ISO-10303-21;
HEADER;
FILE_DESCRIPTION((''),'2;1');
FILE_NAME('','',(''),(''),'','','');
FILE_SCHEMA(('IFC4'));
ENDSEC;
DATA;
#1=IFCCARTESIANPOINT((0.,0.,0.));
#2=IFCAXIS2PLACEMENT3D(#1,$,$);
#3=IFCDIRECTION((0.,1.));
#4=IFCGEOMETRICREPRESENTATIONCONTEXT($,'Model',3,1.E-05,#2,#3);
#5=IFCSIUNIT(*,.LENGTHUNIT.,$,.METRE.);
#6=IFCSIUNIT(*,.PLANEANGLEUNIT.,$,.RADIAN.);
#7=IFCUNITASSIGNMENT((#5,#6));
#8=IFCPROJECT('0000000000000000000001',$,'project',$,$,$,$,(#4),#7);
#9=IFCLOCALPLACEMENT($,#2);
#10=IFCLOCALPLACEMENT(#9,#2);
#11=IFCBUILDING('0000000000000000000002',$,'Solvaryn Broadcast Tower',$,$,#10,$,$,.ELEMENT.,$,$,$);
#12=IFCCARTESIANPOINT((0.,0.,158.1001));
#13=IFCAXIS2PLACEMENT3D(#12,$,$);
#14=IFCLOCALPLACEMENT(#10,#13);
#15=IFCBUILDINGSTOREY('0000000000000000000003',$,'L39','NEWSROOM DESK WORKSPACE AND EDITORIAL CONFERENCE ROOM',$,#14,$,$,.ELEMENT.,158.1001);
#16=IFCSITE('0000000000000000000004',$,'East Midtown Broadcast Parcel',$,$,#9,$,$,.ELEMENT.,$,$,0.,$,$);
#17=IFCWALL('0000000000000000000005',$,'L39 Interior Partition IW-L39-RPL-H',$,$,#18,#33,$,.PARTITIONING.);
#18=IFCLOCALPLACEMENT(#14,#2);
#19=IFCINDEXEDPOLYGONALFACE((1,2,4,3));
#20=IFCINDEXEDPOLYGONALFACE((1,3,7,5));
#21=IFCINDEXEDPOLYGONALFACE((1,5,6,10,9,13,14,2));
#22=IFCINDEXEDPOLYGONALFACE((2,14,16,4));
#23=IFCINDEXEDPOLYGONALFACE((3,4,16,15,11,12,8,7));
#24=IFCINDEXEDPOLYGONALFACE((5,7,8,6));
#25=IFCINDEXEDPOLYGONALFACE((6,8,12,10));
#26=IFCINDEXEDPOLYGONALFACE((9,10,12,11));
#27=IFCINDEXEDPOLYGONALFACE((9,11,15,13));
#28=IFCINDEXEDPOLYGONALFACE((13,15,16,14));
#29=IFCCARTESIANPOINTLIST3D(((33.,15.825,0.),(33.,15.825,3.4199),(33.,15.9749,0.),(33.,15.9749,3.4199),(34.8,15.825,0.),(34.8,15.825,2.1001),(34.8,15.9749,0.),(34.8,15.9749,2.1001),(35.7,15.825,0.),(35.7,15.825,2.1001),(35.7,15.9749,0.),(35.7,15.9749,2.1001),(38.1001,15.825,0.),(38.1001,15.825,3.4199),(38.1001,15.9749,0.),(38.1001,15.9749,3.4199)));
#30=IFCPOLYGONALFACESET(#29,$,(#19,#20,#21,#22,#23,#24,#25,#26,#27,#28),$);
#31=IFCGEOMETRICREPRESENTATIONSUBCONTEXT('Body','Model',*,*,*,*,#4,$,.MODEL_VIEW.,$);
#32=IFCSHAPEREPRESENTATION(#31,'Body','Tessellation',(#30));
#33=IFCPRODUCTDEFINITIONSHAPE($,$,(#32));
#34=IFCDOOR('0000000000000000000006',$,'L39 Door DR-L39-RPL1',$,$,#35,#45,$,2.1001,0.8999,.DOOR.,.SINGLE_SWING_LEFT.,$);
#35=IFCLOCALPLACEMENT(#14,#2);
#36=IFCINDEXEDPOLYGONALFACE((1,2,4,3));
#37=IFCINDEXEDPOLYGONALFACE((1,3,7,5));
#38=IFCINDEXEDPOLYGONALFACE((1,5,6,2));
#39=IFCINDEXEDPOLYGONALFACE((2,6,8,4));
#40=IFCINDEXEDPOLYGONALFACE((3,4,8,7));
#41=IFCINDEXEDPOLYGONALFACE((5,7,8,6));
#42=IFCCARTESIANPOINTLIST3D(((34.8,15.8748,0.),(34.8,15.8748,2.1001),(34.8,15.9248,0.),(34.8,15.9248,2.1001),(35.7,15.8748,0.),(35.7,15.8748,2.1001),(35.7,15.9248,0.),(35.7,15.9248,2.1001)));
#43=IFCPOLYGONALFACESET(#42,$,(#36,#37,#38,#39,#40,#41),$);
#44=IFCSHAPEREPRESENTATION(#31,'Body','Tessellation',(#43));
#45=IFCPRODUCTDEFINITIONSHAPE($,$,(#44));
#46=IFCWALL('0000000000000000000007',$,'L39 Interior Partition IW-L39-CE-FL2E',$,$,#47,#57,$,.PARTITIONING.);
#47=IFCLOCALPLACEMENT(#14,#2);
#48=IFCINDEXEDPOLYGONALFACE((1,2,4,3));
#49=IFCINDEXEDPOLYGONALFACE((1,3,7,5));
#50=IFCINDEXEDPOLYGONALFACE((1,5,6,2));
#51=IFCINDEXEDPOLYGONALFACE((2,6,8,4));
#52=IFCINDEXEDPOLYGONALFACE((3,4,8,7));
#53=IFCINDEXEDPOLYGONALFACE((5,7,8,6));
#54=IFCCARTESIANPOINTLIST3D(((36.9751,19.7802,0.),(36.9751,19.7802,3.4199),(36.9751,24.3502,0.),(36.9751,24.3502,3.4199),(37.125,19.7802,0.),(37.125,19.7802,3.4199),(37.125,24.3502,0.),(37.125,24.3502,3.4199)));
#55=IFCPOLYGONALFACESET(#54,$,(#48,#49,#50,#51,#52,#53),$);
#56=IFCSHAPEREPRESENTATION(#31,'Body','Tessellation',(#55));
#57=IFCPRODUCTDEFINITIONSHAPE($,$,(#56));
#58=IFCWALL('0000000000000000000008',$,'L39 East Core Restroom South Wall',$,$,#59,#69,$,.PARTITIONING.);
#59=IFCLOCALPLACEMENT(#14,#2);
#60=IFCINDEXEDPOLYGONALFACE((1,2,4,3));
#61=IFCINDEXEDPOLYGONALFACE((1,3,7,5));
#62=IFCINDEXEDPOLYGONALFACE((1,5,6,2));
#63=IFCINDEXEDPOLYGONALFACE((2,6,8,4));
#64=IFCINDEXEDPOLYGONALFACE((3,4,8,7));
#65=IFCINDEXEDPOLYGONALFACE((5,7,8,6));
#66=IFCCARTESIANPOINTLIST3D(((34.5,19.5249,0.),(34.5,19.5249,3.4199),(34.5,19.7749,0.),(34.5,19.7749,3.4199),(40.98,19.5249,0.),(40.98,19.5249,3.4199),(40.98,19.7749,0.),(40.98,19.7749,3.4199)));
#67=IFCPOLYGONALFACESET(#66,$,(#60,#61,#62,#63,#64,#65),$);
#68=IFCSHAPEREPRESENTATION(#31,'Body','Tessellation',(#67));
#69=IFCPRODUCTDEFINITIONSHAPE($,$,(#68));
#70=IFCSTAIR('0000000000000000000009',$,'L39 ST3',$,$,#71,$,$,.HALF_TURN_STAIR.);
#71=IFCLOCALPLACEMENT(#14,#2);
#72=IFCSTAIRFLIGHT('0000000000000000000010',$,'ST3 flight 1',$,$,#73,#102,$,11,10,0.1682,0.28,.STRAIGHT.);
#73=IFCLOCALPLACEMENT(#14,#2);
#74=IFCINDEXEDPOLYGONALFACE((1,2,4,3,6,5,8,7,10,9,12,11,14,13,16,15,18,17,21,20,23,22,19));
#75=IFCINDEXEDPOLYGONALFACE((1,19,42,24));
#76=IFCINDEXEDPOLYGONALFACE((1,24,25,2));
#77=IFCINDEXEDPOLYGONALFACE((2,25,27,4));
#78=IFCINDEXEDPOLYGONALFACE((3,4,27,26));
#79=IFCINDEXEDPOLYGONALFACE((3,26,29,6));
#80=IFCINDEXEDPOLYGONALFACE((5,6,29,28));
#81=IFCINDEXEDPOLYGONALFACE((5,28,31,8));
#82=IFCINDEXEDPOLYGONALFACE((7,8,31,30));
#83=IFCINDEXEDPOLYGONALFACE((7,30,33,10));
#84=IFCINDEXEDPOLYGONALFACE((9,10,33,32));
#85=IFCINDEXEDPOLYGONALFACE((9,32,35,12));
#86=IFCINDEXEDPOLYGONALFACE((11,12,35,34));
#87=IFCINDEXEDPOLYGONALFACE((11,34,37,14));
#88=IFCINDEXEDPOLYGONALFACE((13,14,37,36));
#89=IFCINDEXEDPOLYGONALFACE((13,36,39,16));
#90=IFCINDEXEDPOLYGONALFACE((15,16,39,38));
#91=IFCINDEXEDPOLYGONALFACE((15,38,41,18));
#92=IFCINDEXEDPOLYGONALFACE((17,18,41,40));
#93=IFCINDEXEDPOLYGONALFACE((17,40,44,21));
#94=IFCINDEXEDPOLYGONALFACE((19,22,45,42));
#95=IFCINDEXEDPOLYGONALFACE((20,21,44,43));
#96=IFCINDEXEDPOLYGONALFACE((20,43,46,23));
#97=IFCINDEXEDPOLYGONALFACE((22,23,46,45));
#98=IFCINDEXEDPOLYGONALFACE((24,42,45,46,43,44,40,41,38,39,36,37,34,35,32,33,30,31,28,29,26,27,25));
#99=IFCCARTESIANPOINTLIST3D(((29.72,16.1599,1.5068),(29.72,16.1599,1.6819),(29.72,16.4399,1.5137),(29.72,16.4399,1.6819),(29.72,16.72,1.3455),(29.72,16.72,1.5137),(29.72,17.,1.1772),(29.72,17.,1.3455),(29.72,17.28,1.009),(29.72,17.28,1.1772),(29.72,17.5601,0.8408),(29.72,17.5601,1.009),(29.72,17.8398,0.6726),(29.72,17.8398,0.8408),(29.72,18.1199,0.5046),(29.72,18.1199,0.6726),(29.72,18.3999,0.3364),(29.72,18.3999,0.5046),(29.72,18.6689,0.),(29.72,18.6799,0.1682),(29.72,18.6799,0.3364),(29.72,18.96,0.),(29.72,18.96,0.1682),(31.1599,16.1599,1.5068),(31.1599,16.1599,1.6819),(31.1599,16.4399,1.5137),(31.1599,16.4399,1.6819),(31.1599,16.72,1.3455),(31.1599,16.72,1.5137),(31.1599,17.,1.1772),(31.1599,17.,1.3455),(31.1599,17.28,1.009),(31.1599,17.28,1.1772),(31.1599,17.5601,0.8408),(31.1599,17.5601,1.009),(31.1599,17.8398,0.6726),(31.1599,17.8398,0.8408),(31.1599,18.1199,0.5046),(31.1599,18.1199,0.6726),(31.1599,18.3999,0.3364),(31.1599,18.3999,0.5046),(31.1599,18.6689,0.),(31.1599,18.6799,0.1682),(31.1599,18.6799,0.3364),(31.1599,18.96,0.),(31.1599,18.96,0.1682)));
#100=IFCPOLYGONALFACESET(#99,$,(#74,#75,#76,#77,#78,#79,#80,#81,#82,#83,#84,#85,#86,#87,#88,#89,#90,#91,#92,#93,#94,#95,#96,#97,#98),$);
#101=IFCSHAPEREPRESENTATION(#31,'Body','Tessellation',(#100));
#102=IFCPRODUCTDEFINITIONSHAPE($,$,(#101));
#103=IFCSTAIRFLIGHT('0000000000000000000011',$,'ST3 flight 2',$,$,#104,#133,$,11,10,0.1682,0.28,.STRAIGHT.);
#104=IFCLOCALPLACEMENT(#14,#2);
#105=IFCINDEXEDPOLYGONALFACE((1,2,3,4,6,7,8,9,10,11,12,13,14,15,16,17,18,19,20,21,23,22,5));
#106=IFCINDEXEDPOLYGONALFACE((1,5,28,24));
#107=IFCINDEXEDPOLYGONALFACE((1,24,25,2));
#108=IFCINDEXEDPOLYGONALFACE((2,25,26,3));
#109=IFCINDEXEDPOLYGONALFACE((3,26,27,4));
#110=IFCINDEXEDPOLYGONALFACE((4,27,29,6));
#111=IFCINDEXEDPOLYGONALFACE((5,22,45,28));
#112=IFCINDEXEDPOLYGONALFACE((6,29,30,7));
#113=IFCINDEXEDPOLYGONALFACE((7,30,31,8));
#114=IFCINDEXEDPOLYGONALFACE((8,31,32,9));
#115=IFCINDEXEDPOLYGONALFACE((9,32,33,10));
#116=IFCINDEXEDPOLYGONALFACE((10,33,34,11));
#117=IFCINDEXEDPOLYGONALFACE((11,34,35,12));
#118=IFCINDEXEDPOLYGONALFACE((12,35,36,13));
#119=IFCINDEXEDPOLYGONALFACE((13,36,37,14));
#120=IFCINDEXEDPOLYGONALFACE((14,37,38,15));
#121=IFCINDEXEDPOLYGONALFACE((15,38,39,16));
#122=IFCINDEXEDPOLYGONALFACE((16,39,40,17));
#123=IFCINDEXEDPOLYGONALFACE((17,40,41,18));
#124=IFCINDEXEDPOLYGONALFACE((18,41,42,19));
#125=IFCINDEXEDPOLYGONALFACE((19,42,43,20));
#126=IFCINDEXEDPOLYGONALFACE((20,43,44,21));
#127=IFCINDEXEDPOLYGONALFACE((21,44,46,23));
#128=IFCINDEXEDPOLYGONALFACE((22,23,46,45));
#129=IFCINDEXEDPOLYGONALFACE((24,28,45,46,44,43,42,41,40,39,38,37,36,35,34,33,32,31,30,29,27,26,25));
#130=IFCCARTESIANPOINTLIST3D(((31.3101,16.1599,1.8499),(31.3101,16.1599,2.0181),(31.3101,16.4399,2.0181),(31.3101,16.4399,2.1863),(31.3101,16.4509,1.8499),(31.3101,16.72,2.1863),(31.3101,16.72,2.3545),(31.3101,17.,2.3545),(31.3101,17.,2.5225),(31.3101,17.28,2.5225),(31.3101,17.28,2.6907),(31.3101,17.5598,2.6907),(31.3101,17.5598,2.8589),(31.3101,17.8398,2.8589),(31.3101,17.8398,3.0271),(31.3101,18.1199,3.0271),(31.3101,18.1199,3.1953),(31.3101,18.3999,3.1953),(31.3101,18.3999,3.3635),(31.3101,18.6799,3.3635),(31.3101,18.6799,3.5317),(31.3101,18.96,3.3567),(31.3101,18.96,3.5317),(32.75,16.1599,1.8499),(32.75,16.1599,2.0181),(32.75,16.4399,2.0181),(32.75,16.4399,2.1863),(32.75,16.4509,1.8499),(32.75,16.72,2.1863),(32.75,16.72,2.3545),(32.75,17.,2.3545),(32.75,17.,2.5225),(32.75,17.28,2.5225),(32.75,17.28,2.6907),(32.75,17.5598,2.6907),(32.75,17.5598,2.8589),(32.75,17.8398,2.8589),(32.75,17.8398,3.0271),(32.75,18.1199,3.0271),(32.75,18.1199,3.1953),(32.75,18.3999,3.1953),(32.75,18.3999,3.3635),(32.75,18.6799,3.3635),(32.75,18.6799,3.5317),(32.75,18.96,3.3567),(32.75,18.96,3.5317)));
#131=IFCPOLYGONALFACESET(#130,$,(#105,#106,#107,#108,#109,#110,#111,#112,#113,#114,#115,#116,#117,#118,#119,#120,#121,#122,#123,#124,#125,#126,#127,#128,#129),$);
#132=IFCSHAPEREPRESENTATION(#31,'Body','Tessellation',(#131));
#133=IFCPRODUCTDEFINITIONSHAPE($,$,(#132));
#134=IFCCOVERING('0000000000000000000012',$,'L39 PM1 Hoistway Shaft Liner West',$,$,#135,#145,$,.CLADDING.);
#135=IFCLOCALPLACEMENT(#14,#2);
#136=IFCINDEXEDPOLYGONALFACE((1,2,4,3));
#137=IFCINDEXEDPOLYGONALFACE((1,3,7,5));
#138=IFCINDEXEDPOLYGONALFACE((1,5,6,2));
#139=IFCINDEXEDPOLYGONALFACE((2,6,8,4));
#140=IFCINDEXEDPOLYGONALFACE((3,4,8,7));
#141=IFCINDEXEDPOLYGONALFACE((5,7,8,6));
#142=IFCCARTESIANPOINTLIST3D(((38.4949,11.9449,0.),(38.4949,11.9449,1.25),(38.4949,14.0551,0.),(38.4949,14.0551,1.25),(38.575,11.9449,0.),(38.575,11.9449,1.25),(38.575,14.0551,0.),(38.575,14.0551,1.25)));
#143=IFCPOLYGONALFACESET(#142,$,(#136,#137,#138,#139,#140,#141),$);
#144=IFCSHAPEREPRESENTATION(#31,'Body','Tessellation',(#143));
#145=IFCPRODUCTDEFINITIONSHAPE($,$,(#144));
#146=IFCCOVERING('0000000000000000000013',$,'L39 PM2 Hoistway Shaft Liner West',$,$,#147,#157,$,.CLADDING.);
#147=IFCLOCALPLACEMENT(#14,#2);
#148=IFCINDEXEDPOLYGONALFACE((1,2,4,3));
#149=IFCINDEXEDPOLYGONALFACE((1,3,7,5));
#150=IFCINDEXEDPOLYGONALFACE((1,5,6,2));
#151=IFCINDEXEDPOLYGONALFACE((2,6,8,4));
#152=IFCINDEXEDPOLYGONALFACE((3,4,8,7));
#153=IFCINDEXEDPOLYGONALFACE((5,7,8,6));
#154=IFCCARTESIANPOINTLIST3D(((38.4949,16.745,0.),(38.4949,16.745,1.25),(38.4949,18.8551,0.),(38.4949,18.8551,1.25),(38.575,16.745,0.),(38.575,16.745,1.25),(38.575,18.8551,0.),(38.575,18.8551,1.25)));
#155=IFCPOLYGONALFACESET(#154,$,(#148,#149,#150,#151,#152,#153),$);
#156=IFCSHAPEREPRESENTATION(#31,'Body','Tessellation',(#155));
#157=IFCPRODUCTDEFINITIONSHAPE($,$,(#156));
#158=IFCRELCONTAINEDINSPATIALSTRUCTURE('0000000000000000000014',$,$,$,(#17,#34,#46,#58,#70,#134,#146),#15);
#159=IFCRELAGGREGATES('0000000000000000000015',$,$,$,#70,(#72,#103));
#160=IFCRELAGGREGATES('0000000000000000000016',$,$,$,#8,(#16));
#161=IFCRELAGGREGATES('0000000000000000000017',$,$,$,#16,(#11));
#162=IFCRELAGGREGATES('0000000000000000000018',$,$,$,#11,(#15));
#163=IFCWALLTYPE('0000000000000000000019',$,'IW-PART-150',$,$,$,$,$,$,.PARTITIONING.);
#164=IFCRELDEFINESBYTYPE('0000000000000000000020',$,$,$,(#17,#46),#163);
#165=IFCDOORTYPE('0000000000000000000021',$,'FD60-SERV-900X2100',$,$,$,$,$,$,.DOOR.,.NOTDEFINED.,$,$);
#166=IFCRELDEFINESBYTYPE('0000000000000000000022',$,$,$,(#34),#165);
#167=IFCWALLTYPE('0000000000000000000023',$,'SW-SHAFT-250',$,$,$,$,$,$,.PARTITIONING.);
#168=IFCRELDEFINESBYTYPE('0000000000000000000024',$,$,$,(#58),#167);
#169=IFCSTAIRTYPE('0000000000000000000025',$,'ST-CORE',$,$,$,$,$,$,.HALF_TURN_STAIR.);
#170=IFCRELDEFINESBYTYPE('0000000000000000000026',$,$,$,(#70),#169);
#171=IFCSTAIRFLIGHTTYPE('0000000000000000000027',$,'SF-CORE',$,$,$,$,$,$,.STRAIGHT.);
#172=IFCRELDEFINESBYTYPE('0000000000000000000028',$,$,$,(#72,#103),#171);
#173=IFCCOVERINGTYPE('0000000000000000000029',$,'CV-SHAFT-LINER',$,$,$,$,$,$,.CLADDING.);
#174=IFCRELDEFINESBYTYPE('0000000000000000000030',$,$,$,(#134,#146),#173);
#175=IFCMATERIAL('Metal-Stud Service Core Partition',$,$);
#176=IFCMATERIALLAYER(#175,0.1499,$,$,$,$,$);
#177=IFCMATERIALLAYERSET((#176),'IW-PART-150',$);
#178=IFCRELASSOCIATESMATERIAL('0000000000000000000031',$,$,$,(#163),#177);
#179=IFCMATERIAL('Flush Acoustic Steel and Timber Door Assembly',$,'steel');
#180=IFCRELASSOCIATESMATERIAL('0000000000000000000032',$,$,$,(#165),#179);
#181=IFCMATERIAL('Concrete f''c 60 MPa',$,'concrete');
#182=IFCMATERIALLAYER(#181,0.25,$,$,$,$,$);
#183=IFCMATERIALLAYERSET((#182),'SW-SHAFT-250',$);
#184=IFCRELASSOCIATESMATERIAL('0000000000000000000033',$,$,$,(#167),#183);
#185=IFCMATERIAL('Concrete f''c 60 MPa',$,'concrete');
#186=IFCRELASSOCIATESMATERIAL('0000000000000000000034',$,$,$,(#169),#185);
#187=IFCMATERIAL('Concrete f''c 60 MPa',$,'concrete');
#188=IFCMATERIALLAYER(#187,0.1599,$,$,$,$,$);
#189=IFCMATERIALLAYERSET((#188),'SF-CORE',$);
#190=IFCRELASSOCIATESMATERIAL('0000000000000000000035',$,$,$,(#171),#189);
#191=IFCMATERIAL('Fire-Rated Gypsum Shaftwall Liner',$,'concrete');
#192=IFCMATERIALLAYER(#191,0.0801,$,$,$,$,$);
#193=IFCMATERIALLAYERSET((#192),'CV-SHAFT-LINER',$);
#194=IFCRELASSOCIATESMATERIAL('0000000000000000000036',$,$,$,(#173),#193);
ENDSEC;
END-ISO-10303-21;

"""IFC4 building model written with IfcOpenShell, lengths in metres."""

from ifc_helpers import new_model, si_unit, direction, frame, frame_2d, origin, origin_2d, place, context, subcontext, project, spatial, polyline, rectangle, outline, extrude, material, layer, layer_set, type_object, element, fill, aggregate, save


model = new_model("IFC4")

# Units and contexts
model_context = context("Model", 3, precision=1e-05, world=origin(), true_north=direction((0.0, 1.0)))
body_context = subcontext(model_context, "Body", "Model", "MODEL_VIEW")
ifc_project = project(units=[si_unit("LENGTHUNIT", "METRE"), si_unit("PLANEANGLEUNIT", "RADIAN")], contexts=[model_context])

# Site, building, storey
site_placement = place(None, origin())
site = spatial("IfcSite", under=ifc_project, at=site_placement, Name="East Midtown Broadcast Parcel", CompositionType="ELEMENT", RefElevation=0.0)
building_placement = place(site_placement, origin())
building = spatial("IfcBuilding", under=site, at=building_placement, Name="Solvaryn Broadcast Tower", CompositionType="ELEMENT")
storey_placement = place(building_placement, frame((0.0, 0.0, 158.1001)))
storey = spatial("IfcBuildingStorey", under=building, at=storey_placement, Name="L39", Description="NEWSROOM DESK WORKSPACE AND EDITORIAL CONFERENCE ROOM", CompositionType="ELEMENT", Elevation=158.1001)

# Wall, opening, door
ifc_material_1 = material(Name="Metal-Stud Service Core Partition")
ifc_layer_1 = layer(ifc_material_1, 0.1499)
ifc_layer_set_1 = layer_set([ifc_layer_1], Name="IW-PART-150")
wall_type_1 = type_object("IfcWallType", Name="IW-PART-150", PredefinedType="PARTITIONING", material=ifc_layer_set_1)
wall_1_placement = place(storey_placement, frame((33.0, 15.8999, 0.0), z_axis=(0.0, 0.0, 1.0), x_axis=(1.0, 0.0, 0.0)))
wall_1 = element("IfcWall", 1, at=wall_1_placement, inside=storey, type_object=wall_type_1, Name="L39 Interior Partition IW-L39-RPL-H", PredefinedType="PARTITIONING", context=body_context, shape_type="SweptSolid", body=[
    extrude(rectangle(XDim=5.1001, YDim=0.1499, at=frame_2d((2.55, 0.0))), origin(), (0.0, 0.0, 1.0), 3.4199),
])
opening_1_placement = place(wall_1_placement, frame((1.8, 0.0, 0.0)))
opening_1 = element("IfcOpeningElement", 2, at=opening_1_placement, cuts=wall_1, PredefinedType="OPENING", context=body_context, shape_type="SweptSolid", body=[
    extrude(rectangle(XDim=0.8999, YDim=2.1001, at=frame_2d((0.45, 1.05))), frame((0.0, 0.085, 0.0), z_axis=(0.0, -1.0, 0.0), x_axis=(1.0, 0.0, 0.0)), (0.0, 0.0, 1.0), 0.1699),
])
ifc_material_2 = material(Name="Flush Acoustic Steel and Timber Door Assembly", Category="steel")
door_type_1 = type_object("IfcDoorType", Name="FD60-SERV-900X2100", OperationType="NOTDEFINED", PredefinedType="DOOR", material=ifc_material_2)
door_1_placement = place(opening_1_placement, origin())
door_1 = element("IfcDoor", 3, at=door_1_placement, inside=storey, type_object=door_type_1, Name="L39 Door DR-L39-RPL1", OperationType="SINGLE_SWING_LEFT", OverallHeight=2.1001, OverallWidth=0.8999, PredefinedType="DOOR", context=body_context, shape_type="SweptSolid", body=[
    extrude(rectangle(XDim=0.8999, YDim=2.1001, at=frame_2d((0.45, 1.05))), frame((0.0, 0.0249, 0.0), z_axis=(0.0, -1.0, 0.0), x_axis=(1.0, 0.0, 0.0)), (0.0, 0.0, 1.0), 0.05),
])
fill(opening_1, door_1)

# Walls
wall_2_placement = place(storey_placement, frame((37.05, 19.78, 0.0), z_axis=(0.0, 0.0, 1.0), x_axis=(0.0, 1.0, 0.0)))
element("IfcWall", 4, at=wall_2_placement, inside=storey, type_object=wall_type_1, Name="L39 Interior Partition IW-L39-CE-FL2E", PredefinedType="PARTITIONING", context=body_context, shape_type="SweptSolid", body=[
    extrude(rectangle(XDim=4.5701, YDim=0.1499, at=frame_2d((2.2852, 0.0))), origin(), (0.0, 0.0, 1.0), 3.4199),
])
ifc_material_3 = material(Name="Concrete f'c 60 MPa", Category="concrete")
ifc_layer_2 = layer(ifc_material_3, 0.25)
ifc_layer_set_2 = layer_set([ifc_layer_2], Name="SW-SHAFT-250")
wall_type_2 = type_object("IfcWallType", Name="SW-SHAFT-250", PredefinedType="PARTITIONING", material=ifc_layer_set_2)
wall_3_placement = place(storey_placement, frame((34.5, 19.6499, 0.0), z_axis=(0.0, 0.0, 1.0), x_axis=(1.0, 0.0, 0.0)))
element("IfcWall", 5, at=wall_3_placement, inside=storey, type_object=wall_type_2, Name="L39 East Core Restroom South Wall", PredefinedType="PARTITIONING", context=body_context, shape_type="SweptSolid", body=[
    extrude(rectangle(XDim=6.48, YDim=0.25, at=frame_2d((3.24, 0.0))), origin(), (0.0, 0.0, 1.0), 3.4199),
])

# Stair, stair flights
ifc_material_4 = material(Name="Concrete f'c 60 MPa", Category="concrete")
stair_type = type_object("IfcStairType", Name="ST-CORE", PredefinedType="HALF_TURN_STAIR", material=ifc_material_4)
stair_placement = place(storey_placement, origin())
stair = element("IfcStair", 6, at=stair_placement, inside=storey, type_object=stair_type, Name="L39 ST3", PredefinedType="HALF_TURN_STAIR")
ifc_material_5 = material(Name="Concrete f'c 60 MPa", Category="concrete")
ifc_layer_3 = layer(ifc_material_5, 0.1599)
ifc_layer_set_3 = layer_set([ifc_layer_3], Name="SF-CORE")
stair_flight_type = type_object("IfcStairFlightType", Name="SF-CORE", PredefinedType="STRAIGHT", material=ifc_layer_set_3)
stair_flight_1_placement = place(storey_placement, frame((30.4399, 18.96, 0.0), z_axis=(0.0, 0.0, 1.0), x_axis=(0.0, -1.0, 0.0)))
stair_flight_1 = element("IfcStairFlight", 7, at=stair_flight_1_placement, type_object=stair_flight_type, Name="ST3 flight 1", NumberOfRisers=11, NumberOfTreads=10, PredefinedType="STRAIGHT", RiserHeight=0.1682, TreadLength=0.28, context=body_context, shape_type="SweptSolid", body=[
    extrude(outline(polyline([(0.0, 0.0), (0.0, 0.1682), (0.28, 0.1682), (0.28, 0.3364), (0.5601, 0.3364), (0.5601, 0.5046), (0.8401, 0.5046), (0.8401, 0.6726), (1.1201, 0.6726), (1.1201, 0.8408), (1.3999, 0.8408), (1.3999, 1.009), (1.6799, 1.009), (1.6799, 1.1772), (1.96, 1.1772), (1.96, 1.3455), (2.24, 1.3455), (2.24, 1.5137), (2.52, 1.5137), (2.52, 1.6819), (2.8, 1.6819), (2.8, 1.8501), (2.8, 1.5068), (0.291, 0.0), (0.0, 0.0)])), frame((0.0, 0.72, 0.0), z_axis=(0.0, -1.0, 0.0), x_axis=(1.0, 0.0, 0.0)), (0.0, 0.0, 1.0), 1.4399),
])
stair_flight_2_placement = place(storey_placement, frame((32.03, 16.1599, 1.8499), z_axis=(0.0, 0.0, 1.0), x_axis=(0.0, 1.0, 0.0)))
stair_flight_2 = element("IfcStairFlight", 8, at=stair_flight_2_placement, type_object=stair_flight_type, Name="ST3 flight 2", NumberOfRisers=11, NumberOfTreads=10, PredefinedType="STRAIGHT", RiserHeight=0.1682, TreadLength=0.28, context=body_context, shape_type="SweptSolid", body=[
    extrude(outline(polyline([(0.0, 0.0), (0.0, 0.1682), (0.28, 0.1682), (0.28, 0.3364), (0.5601, 0.3364), (0.5601, 0.5046), (0.8401, 0.5046), (0.8401, 0.6726), (1.1201, 0.6726), (1.1201, 0.8408), (1.3999, 0.8408), (1.3999, 1.009), (1.6799, 1.009), (1.6799, 1.1772), (1.96, 1.1772), (1.96, 1.3455), (2.24, 1.3455), (2.24, 1.5137), (2.52, 1.5137), (2.52, 1.6819), (2.8, 1.6819), (2.8, 1.8501), (2.8, 1.5068), (0.291, 0.0), (0.0, 0.0)])), frame((0.0, 0.72, 0.0), z_axis=(0.0, -1.0, 0.0), x_axis=(1.0, 0.0, 0.0)), (0.0, 0.0, 1.0), 1.4399),
])
aggregate(stair, [stair_flight_1, stair_flight_2])

# Coverings
ifc_material_6 = material(Name="Fire-Rated Gypsum Shaftwall Liner", Category="concrete")
ifc_layer_4 = layer(ifc_material_6, 0.0801)
ifc_layer_set_4 = layer_set([ifc_layer_4], Name="CV-SHAFT-LINER")
covering_type = type_object("IfcCoveringType", Name="CV-SHAFT-LINER", PredefinedType="CLADDING", material=ifc_layer_set_4)
for number, where, z_axis, x_axis, name in (
    (9, (38.5349, 13.0, 0.0), (0.0, 0.0, 1.0), (1.0, 0.0, 0.0), "L39 PM1 Hoistway Shaft Liner West"),
    (10, (38.5349, 17.8, 0.0), (0.0, 0.0, 1.0), (1.0, 0.0, 0.0), "L39 PM2 Hoistway Shaft Liner West"),
):
    element("IfcCovering", number, at=place(storey_placement, frame(where, z_axis=z_axis, x_axis=x_axis)), inside=storey, type_object=covering_type, Name=name, PredefinedType="CLADDING", context=body_context, shape_type="SweptSolid", body=[
        extrude(rectangle(XDim=0.0801, YDim=2.1101, at=origin_2d()), origin(), (0.0, 0.0, 1.0), 1.25),
    ])

save(model, "model.ifc")
